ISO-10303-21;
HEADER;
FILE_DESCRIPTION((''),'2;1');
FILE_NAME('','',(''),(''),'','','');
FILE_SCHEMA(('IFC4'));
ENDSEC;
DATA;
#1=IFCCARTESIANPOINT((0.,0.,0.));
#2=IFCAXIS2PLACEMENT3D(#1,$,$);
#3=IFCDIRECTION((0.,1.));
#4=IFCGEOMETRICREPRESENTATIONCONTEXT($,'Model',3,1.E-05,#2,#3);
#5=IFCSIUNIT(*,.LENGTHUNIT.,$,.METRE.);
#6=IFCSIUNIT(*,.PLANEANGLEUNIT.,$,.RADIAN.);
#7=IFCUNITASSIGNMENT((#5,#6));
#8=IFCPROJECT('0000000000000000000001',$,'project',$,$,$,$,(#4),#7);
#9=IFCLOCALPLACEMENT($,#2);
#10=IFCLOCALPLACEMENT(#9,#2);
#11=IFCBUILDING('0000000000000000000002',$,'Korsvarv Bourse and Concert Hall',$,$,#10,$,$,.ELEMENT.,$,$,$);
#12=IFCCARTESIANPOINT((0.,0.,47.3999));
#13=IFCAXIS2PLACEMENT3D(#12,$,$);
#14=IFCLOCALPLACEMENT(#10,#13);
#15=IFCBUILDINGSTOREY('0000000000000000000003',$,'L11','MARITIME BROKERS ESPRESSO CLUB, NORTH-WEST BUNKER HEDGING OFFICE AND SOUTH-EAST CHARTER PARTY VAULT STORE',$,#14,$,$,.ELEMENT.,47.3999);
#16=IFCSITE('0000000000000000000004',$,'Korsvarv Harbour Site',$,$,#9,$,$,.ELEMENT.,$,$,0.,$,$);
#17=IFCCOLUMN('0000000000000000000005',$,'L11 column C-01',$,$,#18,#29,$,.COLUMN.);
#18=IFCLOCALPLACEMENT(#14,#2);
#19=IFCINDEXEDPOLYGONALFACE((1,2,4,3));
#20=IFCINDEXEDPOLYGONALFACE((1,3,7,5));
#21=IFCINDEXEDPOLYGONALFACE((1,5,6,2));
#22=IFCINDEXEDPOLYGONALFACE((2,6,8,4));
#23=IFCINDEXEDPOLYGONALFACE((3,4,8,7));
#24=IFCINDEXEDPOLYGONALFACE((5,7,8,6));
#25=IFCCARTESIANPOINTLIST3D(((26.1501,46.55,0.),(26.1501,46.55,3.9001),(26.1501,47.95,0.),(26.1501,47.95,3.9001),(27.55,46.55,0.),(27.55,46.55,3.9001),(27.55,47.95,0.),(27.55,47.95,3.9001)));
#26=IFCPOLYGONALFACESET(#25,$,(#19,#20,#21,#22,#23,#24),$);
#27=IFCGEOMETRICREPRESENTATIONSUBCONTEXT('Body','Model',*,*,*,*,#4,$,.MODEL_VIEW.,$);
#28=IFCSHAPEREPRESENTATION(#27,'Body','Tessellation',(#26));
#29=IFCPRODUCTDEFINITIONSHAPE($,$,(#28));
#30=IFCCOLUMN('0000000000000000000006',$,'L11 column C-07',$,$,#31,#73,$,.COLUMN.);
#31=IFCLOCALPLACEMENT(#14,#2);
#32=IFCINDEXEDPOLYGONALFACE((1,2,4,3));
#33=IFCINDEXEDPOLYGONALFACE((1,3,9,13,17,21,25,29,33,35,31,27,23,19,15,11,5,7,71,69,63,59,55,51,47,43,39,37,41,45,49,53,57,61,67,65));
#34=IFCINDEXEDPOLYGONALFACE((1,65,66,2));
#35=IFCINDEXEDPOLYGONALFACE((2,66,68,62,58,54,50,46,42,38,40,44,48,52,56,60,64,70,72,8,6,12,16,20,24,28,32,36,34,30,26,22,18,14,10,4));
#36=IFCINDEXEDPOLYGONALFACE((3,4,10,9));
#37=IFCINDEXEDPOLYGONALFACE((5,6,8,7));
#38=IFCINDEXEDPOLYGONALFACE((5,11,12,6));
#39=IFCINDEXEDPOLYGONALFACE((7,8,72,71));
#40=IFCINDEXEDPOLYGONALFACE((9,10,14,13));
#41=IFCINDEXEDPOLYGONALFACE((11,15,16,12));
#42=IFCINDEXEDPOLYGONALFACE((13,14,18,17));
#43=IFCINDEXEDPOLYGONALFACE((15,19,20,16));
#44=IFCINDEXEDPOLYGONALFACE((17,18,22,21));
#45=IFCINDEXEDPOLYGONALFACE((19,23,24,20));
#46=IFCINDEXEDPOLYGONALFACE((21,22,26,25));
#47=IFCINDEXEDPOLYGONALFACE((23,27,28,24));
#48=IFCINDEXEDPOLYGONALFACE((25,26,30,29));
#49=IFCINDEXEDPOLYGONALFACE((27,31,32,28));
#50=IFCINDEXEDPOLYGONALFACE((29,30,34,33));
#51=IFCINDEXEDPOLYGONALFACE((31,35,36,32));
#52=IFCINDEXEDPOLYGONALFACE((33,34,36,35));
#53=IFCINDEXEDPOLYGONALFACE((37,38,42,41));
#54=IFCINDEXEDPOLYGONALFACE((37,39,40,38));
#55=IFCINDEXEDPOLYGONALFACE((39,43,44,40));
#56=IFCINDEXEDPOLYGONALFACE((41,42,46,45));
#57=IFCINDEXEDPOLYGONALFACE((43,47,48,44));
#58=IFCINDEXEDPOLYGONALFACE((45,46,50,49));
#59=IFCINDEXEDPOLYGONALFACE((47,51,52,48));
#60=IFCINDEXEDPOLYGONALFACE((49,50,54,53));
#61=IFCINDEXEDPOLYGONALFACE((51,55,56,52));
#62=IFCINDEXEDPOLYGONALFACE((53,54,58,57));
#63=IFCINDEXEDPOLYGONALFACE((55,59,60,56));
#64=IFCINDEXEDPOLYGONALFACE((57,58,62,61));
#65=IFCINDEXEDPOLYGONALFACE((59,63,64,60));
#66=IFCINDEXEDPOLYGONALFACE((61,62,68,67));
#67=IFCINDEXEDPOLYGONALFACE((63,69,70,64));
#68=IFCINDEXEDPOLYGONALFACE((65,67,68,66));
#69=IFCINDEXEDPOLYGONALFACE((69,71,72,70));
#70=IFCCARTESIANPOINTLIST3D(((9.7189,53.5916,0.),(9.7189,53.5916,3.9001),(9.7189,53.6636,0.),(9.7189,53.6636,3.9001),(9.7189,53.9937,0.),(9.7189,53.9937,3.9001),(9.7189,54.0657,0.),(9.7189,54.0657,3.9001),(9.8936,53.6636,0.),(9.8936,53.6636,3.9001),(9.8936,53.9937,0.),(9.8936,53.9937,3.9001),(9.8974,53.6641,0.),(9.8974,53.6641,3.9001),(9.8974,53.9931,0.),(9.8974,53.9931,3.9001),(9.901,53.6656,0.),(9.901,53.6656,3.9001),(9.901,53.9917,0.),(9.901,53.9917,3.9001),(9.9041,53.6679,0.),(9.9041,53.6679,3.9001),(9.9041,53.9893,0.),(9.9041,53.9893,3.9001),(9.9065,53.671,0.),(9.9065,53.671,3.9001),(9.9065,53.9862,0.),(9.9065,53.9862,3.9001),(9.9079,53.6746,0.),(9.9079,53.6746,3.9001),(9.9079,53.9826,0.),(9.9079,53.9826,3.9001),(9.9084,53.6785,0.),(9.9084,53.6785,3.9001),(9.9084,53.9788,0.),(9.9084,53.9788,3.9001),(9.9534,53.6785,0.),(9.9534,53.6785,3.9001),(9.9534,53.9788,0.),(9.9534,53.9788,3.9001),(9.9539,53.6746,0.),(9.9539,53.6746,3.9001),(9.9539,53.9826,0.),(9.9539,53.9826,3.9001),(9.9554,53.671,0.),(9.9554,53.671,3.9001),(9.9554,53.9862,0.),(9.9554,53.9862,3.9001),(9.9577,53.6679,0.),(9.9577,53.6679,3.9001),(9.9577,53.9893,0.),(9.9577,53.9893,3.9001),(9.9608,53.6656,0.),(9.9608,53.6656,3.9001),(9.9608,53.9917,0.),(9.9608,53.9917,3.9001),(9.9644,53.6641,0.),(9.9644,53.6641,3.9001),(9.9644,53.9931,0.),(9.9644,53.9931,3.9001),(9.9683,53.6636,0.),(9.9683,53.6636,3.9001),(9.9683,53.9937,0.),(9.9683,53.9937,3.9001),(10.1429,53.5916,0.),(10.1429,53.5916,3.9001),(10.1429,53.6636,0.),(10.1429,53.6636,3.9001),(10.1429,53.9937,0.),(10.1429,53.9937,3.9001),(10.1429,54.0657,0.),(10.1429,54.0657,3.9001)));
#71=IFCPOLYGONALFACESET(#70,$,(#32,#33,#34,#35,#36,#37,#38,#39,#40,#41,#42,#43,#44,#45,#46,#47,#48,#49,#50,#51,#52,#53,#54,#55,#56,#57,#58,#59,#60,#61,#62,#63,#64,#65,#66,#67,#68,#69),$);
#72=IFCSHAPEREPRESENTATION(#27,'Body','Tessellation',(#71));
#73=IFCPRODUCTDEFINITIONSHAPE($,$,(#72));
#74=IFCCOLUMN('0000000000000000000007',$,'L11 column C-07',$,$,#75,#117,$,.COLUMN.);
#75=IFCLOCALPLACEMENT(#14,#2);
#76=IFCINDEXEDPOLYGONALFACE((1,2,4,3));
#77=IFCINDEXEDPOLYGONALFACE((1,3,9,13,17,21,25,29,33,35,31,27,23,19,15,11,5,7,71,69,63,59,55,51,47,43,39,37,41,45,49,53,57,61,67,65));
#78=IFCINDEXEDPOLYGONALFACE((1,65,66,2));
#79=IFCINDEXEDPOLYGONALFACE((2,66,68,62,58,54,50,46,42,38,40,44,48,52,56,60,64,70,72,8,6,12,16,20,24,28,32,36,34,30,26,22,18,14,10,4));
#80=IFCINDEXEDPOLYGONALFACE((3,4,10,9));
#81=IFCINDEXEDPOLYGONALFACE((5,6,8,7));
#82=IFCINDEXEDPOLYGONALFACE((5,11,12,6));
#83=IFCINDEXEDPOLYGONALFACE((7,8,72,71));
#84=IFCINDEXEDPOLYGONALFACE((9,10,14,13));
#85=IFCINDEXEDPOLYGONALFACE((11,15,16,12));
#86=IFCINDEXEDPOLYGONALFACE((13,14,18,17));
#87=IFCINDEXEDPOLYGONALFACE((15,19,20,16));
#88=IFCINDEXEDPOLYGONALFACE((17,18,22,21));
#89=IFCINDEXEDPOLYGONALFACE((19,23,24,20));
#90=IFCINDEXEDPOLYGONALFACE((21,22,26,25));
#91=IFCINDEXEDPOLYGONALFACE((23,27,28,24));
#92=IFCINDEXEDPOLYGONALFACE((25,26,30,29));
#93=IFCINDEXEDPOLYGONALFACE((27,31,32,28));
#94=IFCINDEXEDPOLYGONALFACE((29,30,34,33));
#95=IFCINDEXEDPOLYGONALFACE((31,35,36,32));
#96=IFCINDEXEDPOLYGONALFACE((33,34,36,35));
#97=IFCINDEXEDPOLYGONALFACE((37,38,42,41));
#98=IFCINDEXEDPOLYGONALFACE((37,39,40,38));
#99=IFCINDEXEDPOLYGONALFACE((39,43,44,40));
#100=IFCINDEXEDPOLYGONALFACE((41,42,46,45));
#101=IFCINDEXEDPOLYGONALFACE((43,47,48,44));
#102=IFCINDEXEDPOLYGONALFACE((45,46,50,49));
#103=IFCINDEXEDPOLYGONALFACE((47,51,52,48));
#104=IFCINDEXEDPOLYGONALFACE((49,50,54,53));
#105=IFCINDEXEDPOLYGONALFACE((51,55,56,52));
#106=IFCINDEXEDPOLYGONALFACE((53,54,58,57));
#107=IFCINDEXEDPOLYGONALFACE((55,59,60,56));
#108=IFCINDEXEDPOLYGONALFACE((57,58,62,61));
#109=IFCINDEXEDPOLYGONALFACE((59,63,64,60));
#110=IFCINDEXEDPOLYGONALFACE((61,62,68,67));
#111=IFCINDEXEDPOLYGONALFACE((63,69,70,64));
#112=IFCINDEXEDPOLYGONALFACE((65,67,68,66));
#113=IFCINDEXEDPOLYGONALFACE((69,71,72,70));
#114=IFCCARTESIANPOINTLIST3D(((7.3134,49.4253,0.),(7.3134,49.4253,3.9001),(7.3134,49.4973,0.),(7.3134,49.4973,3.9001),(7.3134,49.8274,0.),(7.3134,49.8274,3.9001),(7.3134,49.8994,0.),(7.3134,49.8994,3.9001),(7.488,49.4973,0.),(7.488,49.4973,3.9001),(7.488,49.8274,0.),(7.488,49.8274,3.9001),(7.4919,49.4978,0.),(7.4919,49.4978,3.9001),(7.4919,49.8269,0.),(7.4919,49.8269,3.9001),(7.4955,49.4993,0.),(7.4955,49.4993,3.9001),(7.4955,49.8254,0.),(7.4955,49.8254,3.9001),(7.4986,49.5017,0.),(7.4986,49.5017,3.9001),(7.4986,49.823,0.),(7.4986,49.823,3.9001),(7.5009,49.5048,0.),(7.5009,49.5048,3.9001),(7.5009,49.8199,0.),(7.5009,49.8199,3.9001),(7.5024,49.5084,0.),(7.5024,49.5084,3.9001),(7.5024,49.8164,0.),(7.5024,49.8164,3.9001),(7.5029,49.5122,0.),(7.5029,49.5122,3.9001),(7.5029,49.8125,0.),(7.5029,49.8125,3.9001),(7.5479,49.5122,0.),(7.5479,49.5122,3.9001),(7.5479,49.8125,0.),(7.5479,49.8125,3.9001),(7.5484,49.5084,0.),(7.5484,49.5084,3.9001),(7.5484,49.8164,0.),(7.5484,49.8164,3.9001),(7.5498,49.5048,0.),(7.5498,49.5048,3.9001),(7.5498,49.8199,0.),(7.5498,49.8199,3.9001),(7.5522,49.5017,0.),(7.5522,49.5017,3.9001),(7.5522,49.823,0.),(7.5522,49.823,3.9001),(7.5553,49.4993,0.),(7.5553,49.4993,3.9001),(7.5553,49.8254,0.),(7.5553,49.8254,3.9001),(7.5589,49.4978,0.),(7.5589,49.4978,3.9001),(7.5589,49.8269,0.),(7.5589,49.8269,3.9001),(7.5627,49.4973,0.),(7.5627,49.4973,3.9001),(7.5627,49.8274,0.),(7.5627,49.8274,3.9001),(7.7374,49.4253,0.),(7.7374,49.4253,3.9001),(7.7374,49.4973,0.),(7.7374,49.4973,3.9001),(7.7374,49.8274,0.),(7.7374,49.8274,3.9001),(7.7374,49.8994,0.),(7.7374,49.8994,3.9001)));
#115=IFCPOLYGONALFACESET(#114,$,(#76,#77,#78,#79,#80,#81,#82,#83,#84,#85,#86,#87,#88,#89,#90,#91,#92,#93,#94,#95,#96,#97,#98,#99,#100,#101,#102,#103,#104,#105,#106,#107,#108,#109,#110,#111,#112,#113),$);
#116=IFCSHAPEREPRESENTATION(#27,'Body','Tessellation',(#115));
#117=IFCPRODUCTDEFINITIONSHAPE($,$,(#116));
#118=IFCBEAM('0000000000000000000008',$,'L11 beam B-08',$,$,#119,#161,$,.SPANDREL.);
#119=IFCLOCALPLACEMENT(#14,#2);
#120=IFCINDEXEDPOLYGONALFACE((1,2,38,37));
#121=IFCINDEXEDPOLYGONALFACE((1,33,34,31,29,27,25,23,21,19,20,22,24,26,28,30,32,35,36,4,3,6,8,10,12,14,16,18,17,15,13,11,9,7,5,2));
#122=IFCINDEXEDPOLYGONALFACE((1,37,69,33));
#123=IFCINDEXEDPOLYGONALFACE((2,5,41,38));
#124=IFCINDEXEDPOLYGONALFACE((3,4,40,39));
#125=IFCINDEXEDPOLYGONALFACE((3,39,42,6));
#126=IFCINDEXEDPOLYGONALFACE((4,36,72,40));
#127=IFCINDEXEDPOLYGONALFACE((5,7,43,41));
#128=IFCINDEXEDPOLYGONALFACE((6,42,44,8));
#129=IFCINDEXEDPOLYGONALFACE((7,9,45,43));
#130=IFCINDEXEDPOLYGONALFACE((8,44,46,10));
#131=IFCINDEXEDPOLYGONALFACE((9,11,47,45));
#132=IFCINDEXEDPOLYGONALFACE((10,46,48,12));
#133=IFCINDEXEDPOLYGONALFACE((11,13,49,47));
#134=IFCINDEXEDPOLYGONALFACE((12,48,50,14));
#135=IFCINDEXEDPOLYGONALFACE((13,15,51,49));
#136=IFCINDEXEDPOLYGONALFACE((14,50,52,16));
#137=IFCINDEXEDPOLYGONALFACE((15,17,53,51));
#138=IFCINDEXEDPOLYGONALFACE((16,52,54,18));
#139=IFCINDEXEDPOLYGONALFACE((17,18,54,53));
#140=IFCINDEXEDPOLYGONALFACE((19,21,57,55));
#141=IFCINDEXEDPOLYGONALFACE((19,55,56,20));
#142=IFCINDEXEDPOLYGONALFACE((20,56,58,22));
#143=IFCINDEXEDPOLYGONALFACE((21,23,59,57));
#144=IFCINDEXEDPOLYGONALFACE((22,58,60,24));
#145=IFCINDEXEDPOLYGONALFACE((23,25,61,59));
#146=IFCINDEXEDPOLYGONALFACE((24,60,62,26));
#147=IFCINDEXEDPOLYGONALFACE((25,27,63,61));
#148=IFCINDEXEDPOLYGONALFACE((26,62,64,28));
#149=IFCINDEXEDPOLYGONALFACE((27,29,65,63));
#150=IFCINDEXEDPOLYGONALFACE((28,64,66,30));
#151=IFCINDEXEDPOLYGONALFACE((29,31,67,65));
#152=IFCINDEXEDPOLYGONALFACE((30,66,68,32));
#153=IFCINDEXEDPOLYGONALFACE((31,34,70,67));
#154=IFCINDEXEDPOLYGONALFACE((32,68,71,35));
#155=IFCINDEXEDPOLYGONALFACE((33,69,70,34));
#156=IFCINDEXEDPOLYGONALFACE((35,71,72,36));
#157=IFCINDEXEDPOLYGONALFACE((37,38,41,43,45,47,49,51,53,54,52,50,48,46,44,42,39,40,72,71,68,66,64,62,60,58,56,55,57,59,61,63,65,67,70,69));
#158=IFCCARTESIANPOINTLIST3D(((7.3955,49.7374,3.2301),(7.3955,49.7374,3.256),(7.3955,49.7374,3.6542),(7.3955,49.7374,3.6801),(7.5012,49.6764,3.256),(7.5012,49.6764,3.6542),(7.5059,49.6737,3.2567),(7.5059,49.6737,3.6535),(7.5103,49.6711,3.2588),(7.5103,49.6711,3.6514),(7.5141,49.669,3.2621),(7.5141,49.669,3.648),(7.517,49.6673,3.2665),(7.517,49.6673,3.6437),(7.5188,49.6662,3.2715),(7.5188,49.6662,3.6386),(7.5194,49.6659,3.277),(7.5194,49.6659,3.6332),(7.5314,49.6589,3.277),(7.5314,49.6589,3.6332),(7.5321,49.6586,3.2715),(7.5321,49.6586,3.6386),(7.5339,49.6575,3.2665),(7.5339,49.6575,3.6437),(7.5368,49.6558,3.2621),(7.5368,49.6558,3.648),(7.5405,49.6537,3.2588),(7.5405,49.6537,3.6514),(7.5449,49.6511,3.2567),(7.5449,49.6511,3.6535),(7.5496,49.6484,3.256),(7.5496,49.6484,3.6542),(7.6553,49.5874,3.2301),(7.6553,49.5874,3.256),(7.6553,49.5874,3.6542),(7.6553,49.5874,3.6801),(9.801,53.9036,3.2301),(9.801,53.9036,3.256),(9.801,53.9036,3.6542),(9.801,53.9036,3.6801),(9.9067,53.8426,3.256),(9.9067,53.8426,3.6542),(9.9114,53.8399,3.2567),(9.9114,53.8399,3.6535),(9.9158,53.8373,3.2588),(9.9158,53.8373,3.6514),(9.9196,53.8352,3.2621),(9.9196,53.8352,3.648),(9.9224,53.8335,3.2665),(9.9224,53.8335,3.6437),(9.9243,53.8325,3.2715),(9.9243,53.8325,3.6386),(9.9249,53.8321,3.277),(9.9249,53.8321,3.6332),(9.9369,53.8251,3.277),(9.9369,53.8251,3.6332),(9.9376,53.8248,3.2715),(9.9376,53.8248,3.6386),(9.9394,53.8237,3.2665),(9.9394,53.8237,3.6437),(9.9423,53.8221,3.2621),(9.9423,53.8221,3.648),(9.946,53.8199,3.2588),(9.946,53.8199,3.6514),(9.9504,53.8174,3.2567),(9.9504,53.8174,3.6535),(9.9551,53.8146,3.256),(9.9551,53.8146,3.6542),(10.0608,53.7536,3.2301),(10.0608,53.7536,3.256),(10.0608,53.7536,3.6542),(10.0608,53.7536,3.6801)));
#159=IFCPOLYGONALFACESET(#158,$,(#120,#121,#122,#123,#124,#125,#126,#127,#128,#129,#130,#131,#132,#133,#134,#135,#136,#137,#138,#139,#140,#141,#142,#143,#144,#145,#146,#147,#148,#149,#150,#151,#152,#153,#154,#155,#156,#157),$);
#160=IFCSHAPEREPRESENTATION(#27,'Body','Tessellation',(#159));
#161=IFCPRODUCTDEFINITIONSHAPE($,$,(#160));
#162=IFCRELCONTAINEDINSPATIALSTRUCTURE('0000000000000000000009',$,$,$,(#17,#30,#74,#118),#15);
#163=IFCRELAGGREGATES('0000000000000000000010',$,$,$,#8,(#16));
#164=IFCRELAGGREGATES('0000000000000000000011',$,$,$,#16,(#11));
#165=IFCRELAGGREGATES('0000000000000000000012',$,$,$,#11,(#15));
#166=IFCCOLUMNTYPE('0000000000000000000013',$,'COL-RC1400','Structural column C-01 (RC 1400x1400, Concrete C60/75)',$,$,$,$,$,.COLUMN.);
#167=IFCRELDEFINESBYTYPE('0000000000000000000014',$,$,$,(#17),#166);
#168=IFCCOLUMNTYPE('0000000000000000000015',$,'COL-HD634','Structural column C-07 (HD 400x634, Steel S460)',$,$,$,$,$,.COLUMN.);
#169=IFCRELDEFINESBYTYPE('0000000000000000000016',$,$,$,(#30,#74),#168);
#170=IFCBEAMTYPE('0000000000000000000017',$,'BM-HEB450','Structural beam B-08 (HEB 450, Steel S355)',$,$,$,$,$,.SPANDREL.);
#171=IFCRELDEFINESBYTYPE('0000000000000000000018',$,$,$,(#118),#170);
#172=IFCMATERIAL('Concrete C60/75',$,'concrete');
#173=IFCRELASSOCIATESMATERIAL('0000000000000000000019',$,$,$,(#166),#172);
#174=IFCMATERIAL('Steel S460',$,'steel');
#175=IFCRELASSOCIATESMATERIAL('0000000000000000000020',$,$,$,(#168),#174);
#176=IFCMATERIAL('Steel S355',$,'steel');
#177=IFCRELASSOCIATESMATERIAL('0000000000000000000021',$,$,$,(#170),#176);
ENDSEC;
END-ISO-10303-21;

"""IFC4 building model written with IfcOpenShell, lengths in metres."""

from ifc_helpers import new_model, si_unit, direction, frame, origin, origin_2d, place, context, subcontext, project, spatial, rectangle, i_section, extrude, source, transform, mapped, material, material_profile, profile_set, type_object, element, save


model = new_model("IFC4")

# Units and contexts
model_context = context("Model", 3, precision=1e-05, world=origin(), true_north=direction((0.0, 1.0)))
body_context = subcontext(model_context, "Body", "Model", "MODEL_VIEW")
ifc_project = project(units=[si_unit("LENGTHUNIT", "METRE"), si_unit("PLANEANGLEUNIT", "RADIAN")], contexts=[model_context])

# Site, building, storey
site_placement = place(None, origin())
site = spatial("IfcSite", under=ifc_project, at=site_placement, Name="Korsvarv Harbour Site", CompositionType="ELEMENT", RefElevation=0.0)
building_placement = place(site_placement, origin())
building = spatial("IfcBuilding", under=site, at=building_placement, Name="Korsvarv Bourse and Concert Hall", CompositionType="ELEMENT")
storey_placement = place(building_placement, frame((0.0, 0.0, 47.3999)))
storey = spatial("IfcBuildingStorey", under=building, at=storey_placement, Name="L11", Description="MARITIME BROKERS ESPRESSO CLUB, NORTH-WEST BUNKER HEDGING OFFICE AND SOUTH-EAST CHARTER PARTY VAULT STORE", CompositionType="ELEMENT", Elevation=47.3999)

# Columns
ifc_material_1 = material(Name="Concrete C60/75", Category="concrete")
ifc_material_profile_1 = material_profile(ifc_material_1, rectangle(XDim=1.3999, YDim=1.3999, at=origin_2d()), Name="RC 1400x1400")
ifc_profile_set_1 = profile_set([ifc_material_profile_1], Name="Concrete C60/75")
column_type_1 = type_object("IfcColumnType", Name="COL-RC1400", Description="Structural column C-01 (RC 1400x1400, Concrete C60/75)", PredefinedType="COLUMN", material=ifc_profile_set_1)
shared_shape_1 = source(origin(), body_context, "Body", "SweptSolid", [
    extrude(rectangle(XDim=1.3999, YDim=1.3999, at=origin_2d()), origin(), (0.0, 0.0, 1.0), 3.9001),
])
column_placement = place(storey_placement, frame((26.8501, 47.25, 0.0), z_axis=(0.0, 0.0, 1.0), x_axis=(1.0, 0.0, 0.0)))
element("IfcColumn", 1, at=column_placement, inside=storey, type_object=column_type_1, Name="L11 column C-01", PredefinedType="COLUMN", context=body_context, shape_type="MappedRepresentation", body=[
    mapped(shared_shape_1, transform((0.0, 0.0, 0.0), scale=1.0)),
])
ifc_material_2 = material(Name="Steel S460", Category="steel")
ifc_material_profile_2 = material_profile(ifc_material_2, i_section(OverallWidth=0.4241, OverallDepth=0.4741, WebThickness=0.0449, FlangeThickness=0.072, FilletRadius=0.0149, at=origin_2d()), Name="HD 400x634")
ifc_profile_set_2 = profile_set([ifc_material_profile_2], Name="Steel S460")
column_type_2 = type_object("IfcColumnType", Name="COL-HD634", Description="Structural column C-07 (HD 400x634, Steel S460)", PredefinedType="COLUMN", material=ifc_profile_set_2)
shared_shape_2 = source(origin(), body_context, "Body", "SweptSolid", [
    extrude(i_section(OverallWidth=0.4241, OverallDepth=0.4741, WebThickness=0.0449, FlangeThickness=0.072, FilletRadius=0.0149, at=origin_2d()), origin(), (0.0, 0.0, 1.0), 3.9001),
])
for number, where, z_axis, x_axis, name in (
    (2, (9.9309, 53.8286, 0.0), (0.0, 0.0, 1.0), (1.0, 0.0, 0.0), "L11 column C-07"),
    (3, (7.5254, 49.6624, 0.0), (0.0, 0.0, 1.0), (1.0, 0.0, 0.0), "L11 column C-07"),
):
    element("IfcColumn", number, at=place(storey_placement, frame(where, z_axis=z_axis, x_axis=x_axis)), inside=storey, type_object=column_type_2, Name=name, PredefinedType="COLUMN", context=body_context, shape_type="MappedRepresentation", body=[
        mapped(shared_shape_2, transform((0.0, 0.0, 0.0), scale=1.0)),
    ])

# Beam
ifc_material_3 = material(Name="Steel S355", Category="steel")
ifc_material_profile_3 = material_profile(ifc_material_3, i_section(OverallWidth=0.3, OverallDepth=0.45, WebThickness=0.0139, FlangeThickness=0.0259, FilletRadius=0.021, at=origin_2d()), Name="HEB 450")
ifc_profile_set_3 = profile_set([ifc_material_profile_3], Name="Steel S355")
beam_type_1 = type_object("IfcBeamType", Name="BM-HEB450", Description="Structural beam B-08 (HEB 450, Steel S355)", PredefinedType="SPANDREL", material=ifc_profile_set_3)
shared_shape_3 = source(origin(), body_context, "Body", "SweptSolid", [
    extrude(i_section(OverallWidth=0.3, OverallDepth=0.45, WebThickness=0.0139, FlangeThickness=0.0259, FilletRadius=0.021, at=origin_2d()), origin(), (0.0, 0.0, 1.0), 4.8108),
])
beam_1_placement = place(storey_placement, frame((9.9309, 53.8286, 3.4551), z_axis=(-0.50002, -0.866014, 0.0), x_axis=(0.866014, -0.50002, 0.0)))
element("IfcBeam", 4, at=beam_1_placement, inside=storey, type_object=beam_type_1, Name="L11 beam B-08", PredefinedType="SPANDREL", context=body_context, shape_type="MappedRepresentation", body=[
    mapped(shared_shape_3, transform((0.0, 0.0, 0.0), scale=1.0)),
])

save(model, "model.ifc")
